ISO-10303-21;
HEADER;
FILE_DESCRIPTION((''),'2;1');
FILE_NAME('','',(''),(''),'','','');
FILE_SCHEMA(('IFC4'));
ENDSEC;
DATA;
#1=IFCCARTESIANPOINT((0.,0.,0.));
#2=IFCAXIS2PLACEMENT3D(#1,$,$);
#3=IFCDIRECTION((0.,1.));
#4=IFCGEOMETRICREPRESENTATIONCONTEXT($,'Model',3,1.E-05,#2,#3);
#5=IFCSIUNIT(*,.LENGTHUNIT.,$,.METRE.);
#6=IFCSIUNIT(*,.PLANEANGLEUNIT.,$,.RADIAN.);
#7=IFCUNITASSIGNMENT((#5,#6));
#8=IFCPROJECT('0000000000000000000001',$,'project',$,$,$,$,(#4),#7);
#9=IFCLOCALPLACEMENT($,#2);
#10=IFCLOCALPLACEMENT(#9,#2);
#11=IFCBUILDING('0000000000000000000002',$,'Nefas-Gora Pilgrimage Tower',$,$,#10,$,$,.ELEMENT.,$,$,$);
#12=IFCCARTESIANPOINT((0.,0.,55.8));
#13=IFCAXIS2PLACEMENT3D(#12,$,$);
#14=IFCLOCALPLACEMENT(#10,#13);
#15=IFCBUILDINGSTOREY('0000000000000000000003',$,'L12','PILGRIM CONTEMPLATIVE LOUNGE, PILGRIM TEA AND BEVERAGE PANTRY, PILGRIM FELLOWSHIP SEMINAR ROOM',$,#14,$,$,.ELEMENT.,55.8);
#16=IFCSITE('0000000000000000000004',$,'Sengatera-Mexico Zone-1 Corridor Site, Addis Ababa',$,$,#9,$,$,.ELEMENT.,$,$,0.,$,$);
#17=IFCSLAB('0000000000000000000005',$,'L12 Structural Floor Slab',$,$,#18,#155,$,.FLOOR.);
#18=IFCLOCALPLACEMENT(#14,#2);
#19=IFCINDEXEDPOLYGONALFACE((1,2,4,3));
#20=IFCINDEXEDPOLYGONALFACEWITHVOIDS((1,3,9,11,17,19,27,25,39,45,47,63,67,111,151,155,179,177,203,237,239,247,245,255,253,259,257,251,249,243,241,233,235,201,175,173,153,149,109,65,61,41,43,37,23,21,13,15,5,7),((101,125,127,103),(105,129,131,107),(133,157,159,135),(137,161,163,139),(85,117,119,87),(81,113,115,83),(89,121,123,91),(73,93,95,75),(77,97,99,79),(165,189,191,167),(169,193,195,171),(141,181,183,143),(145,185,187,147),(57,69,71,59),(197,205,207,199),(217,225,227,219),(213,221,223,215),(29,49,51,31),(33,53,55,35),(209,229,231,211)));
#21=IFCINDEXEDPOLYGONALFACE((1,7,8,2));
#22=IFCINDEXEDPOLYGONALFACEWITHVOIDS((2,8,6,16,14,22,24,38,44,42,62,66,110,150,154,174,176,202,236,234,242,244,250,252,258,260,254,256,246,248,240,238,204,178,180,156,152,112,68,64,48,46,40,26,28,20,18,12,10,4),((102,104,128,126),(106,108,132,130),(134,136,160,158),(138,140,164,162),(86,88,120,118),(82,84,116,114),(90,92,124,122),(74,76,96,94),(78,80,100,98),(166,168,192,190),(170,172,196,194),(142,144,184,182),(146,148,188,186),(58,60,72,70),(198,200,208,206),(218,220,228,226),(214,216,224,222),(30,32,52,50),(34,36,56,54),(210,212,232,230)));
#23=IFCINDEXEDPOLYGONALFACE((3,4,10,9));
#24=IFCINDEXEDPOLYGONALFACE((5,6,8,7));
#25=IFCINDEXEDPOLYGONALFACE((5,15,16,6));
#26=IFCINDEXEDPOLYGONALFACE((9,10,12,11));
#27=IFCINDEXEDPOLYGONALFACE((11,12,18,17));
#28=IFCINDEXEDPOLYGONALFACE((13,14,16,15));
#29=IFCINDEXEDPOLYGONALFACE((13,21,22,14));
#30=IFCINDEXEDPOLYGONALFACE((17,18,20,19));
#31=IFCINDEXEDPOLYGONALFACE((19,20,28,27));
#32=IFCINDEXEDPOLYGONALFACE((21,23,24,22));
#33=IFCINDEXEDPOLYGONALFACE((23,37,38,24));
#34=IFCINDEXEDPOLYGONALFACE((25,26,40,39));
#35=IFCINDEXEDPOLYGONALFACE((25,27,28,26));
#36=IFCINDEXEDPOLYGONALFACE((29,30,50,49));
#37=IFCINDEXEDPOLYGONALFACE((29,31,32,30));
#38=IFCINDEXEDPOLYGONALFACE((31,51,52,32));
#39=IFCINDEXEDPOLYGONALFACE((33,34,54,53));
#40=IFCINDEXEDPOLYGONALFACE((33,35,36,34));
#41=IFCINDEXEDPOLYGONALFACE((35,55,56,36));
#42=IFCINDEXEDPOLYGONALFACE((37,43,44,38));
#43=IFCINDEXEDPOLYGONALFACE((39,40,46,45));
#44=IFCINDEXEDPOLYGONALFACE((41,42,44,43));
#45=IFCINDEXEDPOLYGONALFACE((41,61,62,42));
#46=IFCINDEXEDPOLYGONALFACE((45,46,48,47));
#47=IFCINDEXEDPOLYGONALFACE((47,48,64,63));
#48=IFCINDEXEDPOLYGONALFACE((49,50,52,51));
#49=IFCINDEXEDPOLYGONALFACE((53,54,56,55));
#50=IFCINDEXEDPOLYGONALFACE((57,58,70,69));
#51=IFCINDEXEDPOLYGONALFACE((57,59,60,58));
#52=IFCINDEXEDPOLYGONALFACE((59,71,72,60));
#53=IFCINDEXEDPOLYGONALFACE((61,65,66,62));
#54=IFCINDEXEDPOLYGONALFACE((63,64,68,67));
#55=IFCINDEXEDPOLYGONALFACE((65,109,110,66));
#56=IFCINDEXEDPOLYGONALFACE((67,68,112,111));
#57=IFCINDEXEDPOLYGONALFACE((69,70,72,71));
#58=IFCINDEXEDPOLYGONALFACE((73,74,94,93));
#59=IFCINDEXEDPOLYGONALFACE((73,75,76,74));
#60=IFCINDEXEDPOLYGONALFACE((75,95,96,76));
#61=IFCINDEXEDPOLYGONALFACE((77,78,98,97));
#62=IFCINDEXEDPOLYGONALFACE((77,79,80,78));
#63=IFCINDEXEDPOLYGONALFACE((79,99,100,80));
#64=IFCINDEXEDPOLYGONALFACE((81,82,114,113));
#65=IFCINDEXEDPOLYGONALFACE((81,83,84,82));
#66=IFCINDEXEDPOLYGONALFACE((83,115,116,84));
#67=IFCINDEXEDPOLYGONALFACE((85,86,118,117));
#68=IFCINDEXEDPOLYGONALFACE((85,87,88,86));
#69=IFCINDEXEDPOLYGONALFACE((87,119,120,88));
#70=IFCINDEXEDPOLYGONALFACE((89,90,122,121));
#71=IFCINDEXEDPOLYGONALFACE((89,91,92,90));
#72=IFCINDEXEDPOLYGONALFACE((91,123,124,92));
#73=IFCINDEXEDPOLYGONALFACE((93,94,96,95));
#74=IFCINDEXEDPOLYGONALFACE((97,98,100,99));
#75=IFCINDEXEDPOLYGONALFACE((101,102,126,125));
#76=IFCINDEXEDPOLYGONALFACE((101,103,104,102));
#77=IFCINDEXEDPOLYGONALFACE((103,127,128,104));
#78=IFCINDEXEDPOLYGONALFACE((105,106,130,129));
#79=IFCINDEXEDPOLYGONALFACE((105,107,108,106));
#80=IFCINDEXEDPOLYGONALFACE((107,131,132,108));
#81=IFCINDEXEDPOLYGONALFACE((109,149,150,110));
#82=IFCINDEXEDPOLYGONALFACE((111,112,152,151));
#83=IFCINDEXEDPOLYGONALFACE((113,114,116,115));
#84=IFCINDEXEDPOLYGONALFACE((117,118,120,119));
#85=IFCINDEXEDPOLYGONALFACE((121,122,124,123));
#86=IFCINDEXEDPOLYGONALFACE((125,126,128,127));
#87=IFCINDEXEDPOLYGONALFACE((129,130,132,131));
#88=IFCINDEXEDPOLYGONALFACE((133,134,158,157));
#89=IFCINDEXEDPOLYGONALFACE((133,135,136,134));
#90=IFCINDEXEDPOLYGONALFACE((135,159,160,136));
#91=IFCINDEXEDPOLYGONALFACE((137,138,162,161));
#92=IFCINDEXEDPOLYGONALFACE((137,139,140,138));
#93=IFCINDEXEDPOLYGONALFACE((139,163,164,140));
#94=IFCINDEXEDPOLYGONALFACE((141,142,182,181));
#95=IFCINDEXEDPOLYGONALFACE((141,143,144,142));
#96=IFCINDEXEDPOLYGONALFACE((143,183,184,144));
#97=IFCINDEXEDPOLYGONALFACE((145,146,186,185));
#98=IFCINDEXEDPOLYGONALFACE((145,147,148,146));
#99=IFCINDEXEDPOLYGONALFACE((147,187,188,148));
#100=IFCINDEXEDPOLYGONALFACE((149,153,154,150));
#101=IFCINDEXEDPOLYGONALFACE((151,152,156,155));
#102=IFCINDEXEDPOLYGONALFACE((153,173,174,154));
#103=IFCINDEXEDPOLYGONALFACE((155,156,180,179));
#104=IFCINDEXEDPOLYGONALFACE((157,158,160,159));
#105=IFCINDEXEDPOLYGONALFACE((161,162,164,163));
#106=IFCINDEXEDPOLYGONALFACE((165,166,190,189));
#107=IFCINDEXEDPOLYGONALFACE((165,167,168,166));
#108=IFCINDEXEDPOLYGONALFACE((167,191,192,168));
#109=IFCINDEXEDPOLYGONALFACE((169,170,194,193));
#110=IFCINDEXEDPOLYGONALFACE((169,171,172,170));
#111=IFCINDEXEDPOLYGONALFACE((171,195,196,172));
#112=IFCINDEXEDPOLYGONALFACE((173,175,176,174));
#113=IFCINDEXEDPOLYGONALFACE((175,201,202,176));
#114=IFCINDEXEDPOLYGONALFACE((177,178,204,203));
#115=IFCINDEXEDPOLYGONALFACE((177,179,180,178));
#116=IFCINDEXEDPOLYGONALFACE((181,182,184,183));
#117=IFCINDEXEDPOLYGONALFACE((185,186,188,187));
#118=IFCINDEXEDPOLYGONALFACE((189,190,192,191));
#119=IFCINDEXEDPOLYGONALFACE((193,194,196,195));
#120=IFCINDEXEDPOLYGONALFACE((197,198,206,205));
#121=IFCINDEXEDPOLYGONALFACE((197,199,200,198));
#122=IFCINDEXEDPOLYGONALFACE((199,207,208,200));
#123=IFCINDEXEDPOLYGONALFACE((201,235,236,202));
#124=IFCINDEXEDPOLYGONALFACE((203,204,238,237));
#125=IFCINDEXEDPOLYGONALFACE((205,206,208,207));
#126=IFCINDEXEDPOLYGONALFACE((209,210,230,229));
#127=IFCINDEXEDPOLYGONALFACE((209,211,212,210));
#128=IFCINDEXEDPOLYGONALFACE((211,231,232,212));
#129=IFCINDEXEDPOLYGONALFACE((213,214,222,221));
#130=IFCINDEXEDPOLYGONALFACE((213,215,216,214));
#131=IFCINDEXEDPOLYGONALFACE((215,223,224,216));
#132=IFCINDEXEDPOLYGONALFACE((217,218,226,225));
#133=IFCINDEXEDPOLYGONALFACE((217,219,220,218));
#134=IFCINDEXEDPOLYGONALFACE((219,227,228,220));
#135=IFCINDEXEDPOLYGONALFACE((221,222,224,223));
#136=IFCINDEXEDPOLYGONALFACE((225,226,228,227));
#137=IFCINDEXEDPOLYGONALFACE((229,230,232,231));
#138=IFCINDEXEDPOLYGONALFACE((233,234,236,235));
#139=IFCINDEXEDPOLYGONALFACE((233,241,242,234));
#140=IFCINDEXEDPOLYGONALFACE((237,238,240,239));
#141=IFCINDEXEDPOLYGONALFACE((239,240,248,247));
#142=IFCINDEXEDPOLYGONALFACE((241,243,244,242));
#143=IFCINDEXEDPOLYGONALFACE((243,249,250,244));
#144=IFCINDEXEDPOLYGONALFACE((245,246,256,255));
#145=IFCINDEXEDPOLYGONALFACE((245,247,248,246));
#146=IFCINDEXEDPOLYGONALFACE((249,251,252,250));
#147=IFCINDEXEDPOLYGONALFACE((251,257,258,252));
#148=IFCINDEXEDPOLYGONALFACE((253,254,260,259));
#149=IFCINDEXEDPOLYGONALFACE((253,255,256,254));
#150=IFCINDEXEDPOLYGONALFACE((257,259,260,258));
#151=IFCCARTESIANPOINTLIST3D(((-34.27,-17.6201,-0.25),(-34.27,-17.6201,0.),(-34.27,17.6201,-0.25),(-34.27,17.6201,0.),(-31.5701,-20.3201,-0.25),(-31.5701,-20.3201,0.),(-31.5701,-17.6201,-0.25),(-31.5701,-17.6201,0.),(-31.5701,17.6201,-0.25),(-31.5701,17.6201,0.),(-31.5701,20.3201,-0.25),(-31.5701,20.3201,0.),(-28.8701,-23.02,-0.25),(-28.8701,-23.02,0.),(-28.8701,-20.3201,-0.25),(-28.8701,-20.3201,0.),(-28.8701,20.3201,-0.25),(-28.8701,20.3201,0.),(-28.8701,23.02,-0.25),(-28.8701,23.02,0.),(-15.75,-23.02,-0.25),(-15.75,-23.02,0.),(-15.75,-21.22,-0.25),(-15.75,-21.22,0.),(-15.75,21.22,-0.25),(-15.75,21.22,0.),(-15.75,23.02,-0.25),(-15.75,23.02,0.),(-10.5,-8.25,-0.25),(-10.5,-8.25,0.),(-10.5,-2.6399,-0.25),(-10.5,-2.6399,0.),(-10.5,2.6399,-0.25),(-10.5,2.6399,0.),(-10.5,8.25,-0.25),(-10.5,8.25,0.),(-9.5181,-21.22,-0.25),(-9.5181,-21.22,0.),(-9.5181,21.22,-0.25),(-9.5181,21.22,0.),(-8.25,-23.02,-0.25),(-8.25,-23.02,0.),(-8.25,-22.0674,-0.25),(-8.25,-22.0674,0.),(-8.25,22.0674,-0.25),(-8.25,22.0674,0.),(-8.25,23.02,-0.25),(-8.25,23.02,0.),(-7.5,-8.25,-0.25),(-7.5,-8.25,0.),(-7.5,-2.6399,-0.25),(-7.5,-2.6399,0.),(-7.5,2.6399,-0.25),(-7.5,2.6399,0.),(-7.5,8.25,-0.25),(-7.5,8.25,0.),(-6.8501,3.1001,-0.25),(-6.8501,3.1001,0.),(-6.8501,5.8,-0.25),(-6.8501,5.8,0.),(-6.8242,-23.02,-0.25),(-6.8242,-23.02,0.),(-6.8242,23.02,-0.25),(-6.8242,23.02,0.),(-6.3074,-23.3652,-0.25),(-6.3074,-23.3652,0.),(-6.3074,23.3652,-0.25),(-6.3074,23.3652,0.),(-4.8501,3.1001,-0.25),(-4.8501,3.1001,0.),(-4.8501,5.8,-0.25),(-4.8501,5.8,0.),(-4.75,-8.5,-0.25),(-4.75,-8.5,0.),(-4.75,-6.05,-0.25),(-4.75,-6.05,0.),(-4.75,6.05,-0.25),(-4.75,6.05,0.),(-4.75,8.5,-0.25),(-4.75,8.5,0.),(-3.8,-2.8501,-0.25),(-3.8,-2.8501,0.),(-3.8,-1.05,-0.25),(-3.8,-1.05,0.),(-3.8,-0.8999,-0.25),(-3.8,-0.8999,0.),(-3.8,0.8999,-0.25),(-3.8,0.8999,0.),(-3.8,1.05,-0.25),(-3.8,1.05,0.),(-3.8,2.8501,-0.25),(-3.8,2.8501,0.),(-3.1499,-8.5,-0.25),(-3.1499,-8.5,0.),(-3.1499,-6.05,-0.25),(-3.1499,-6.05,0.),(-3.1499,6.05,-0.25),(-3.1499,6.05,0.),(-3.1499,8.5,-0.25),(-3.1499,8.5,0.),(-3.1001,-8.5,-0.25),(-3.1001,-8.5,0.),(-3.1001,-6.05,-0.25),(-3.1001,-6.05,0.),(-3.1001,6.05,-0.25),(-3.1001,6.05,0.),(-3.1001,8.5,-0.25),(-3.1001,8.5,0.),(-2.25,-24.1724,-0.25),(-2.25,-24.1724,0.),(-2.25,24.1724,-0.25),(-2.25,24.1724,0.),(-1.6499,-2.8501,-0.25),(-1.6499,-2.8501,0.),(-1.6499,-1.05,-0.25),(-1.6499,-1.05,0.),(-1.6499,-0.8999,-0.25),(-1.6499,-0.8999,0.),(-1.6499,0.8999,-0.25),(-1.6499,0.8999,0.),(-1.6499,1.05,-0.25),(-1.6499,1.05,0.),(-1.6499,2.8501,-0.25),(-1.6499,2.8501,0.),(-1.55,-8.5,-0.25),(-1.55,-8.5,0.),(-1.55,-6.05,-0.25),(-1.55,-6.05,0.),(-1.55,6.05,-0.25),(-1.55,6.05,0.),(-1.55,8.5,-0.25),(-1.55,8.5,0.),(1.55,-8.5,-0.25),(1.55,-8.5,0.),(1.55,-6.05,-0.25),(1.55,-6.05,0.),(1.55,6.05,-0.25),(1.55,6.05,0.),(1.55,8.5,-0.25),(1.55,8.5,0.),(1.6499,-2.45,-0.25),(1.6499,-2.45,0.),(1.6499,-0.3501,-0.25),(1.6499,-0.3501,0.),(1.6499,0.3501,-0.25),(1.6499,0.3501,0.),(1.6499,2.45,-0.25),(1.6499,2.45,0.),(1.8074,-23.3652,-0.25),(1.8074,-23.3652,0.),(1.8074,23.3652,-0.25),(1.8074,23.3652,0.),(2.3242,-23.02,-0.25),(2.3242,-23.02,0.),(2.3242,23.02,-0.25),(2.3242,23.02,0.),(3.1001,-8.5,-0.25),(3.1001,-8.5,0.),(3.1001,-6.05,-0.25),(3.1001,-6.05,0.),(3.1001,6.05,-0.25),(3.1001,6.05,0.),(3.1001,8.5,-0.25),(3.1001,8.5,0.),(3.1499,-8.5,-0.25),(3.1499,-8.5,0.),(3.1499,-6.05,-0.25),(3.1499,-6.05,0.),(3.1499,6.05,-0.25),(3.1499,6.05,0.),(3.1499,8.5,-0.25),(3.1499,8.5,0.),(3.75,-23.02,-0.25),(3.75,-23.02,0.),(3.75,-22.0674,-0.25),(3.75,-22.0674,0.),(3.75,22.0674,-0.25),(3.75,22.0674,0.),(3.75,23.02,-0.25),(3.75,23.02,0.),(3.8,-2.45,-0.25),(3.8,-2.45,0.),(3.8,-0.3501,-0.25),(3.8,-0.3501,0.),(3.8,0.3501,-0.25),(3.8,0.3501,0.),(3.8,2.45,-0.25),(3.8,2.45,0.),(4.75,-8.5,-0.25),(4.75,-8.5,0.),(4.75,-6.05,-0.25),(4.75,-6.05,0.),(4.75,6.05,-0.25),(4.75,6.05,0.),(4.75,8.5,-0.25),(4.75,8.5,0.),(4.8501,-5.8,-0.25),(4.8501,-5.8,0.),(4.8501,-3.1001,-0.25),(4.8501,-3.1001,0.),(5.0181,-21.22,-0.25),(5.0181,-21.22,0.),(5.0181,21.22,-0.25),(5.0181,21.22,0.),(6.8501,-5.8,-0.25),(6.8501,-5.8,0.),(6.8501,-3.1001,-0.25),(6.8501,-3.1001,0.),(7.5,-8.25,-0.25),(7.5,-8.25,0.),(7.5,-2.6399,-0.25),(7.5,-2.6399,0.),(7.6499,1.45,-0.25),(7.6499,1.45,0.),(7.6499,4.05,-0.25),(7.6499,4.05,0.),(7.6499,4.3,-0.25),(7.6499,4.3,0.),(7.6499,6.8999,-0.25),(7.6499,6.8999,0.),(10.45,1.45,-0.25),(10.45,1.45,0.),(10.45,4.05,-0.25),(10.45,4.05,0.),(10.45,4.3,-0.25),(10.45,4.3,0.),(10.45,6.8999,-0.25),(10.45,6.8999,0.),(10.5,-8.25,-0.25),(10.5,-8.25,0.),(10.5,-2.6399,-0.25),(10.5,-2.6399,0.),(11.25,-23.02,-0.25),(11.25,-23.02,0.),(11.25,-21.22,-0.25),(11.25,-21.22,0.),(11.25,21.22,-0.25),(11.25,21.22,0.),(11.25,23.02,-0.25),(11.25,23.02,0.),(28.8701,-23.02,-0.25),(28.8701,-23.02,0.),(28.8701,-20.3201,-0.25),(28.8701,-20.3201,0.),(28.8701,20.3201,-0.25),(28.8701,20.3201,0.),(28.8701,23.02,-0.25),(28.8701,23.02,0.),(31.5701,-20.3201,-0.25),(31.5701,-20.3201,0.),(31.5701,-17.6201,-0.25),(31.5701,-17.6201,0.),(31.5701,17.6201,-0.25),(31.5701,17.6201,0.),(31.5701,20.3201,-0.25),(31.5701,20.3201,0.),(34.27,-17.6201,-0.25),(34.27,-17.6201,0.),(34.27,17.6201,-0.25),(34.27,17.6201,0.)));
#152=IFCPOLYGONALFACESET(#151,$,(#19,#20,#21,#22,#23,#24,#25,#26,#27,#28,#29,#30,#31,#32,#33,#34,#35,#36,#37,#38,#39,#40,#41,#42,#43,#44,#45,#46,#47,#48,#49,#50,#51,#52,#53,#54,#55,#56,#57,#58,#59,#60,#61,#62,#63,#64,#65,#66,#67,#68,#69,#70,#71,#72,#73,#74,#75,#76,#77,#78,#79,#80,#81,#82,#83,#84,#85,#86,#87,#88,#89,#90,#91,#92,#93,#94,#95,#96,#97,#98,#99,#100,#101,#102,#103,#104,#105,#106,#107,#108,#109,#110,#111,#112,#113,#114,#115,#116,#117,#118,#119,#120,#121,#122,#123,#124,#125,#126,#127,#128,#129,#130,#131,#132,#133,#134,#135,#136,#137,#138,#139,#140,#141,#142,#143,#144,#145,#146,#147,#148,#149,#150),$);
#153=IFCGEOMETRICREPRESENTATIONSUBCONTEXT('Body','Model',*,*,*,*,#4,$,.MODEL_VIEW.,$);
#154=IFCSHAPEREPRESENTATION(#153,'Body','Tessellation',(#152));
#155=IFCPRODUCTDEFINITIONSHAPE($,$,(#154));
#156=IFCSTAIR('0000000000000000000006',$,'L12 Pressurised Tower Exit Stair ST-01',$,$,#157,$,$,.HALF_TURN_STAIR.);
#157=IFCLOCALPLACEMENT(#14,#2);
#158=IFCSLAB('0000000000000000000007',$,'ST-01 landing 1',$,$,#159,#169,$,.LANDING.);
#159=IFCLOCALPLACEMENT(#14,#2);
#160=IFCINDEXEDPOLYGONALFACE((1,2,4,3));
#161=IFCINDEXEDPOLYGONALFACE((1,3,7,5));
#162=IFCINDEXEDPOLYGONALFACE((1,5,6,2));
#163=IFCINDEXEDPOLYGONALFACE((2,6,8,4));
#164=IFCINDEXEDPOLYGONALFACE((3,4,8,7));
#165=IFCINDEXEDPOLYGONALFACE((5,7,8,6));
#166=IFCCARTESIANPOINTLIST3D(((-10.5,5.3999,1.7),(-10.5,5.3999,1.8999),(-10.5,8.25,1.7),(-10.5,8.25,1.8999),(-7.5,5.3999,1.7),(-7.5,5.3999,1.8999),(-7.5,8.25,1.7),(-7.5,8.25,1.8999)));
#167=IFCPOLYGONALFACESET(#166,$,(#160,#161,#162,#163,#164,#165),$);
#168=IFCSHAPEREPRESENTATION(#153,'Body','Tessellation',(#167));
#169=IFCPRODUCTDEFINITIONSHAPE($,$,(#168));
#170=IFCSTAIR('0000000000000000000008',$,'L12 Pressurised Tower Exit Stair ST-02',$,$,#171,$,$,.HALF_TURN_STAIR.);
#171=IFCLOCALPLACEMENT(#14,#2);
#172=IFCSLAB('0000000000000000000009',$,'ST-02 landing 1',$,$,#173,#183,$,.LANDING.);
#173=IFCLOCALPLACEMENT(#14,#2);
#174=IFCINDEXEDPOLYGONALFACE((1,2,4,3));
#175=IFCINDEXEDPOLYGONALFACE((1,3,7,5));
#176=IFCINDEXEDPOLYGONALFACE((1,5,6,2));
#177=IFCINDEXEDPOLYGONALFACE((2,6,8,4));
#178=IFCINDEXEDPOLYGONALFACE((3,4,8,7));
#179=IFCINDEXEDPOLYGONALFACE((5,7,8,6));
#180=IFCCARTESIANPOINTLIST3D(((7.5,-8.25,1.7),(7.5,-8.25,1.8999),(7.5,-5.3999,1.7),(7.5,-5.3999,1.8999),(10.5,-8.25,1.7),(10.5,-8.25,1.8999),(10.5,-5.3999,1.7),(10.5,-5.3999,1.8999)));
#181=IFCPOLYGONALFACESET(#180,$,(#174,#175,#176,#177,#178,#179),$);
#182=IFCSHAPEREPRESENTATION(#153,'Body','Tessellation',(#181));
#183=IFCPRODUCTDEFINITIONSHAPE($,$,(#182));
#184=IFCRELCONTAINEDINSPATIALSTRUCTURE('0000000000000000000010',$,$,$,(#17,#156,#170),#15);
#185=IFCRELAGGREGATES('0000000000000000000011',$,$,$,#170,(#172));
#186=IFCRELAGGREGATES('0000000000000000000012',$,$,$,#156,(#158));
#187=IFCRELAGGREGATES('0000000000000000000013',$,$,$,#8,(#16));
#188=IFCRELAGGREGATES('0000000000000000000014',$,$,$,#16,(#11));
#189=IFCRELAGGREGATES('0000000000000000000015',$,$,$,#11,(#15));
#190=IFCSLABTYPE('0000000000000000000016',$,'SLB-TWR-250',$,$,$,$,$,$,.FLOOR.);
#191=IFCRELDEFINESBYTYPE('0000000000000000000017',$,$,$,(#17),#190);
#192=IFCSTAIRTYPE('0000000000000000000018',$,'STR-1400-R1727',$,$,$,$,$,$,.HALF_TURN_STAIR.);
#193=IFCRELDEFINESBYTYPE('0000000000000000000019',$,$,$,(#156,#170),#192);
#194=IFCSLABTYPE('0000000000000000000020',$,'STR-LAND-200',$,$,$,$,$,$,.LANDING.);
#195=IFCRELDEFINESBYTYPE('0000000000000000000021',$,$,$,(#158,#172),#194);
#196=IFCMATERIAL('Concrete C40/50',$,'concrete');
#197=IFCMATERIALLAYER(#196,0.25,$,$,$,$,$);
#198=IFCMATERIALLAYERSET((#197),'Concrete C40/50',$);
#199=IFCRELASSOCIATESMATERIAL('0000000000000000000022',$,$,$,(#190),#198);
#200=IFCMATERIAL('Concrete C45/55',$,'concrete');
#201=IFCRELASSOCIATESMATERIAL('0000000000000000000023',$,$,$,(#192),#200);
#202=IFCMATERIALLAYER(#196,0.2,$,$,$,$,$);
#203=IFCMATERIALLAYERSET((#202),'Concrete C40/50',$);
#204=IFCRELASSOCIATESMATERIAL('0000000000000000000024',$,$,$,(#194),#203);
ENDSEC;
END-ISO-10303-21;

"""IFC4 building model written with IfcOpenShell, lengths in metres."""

from ifc_helpers import new_model, si_unit, direction, frame, origin, place, context, subcontext, project, spatial, polyline, outline, extrude, material, layer, layer_set, type_object, element, aggregate, save


model = new_model("IFC4")

# Units and contexts
model_context = context("Model", 3, precision=1e-05, world=origin(), true_north=direction((0.0, 1.0)))
body_context = subcontext(model_context, "Body", "Model", "MODEL_VIEW")
ifc_project = project(units=[si_unit("LENGTHUNIT", "METRE"), si_unit("PLANEANGLEUNIT", "RADIAN")], contexts=[model_context])

# Site, building, storey
site_placement = place(None, origin())
site = spatial("IfcSite", under=ifc_project, at=site_placement, Name="Sengatera-Mexico Zone-1 Corridor Site, Addis Ababa", CompositionType="ELEMENT", RefElevation=0.0)
building_placement = place(site_placement, origin())
building = spatial("IfcBuilding", under=site, at=building_placement, Name="Nefas-Gora Pilgrimage Tower", CompositionType="ELEMENT")
storey_placement = place(building_placement, frame((0.0, 0.0, 55.8)))
storey = spatial("IfcBuildingStorey", under=building, at=storey_placement, Name="L12", Description="PILGRIM CONTEMPLATIVE LOUNGE, PILGRIM TEA AND BEVERAGE PANTRY, PILGRIM FELLOWSHIP SEMINAR ROOM", CompositionType="ELEMENT", Elevation=55.8)

# Slab
ifc_material_1 = material(Name="Concrete C40/50", Category="concrete")
ifc_layer_1 = layer(ifc_material_1, 0.25)
ifc_layer_set_1 = layer_set([ifc_layer_1], Name="Concrete C40/50")
slab_type_1 = type_object("IfcSlabType", Name="SLB-TWR-250", PredefinedType="FLOOR", material=ifc_layer_set_1)
slab_1_placement = place(storey_placement, frame((0.0, 0.0, -0.25)))
element("IfcSlab", 1, at=slab_1_placement, inside=storey, type_object=slab_type_1, Name="L12 Structural Floor Slab", PredefinedType="FLOOR", context=body_context, shape_type="SweptSolid", body=[
    extrude(outline(polyline([(5.0181, -21.22), (11.25, -21.22), (11.25, -23.02), (28.8701, -23.02), (28.8701, -20.3201), (31.5701, -20.3201), (31.5701, -17.6201), (34.27, -17.6201), (34.27, 17.6201), (31.5701, 17.6201), (31.5701, 20.3201), (28.8701, 20.3201), (28.8701, 23.02), (11.25, 23.02), (11.25, 21.22), (5.0181, 21.22), (3.75, 22.0674), (3.75, 23.02), (2.3242, 23.02), (1.8074, 23.3652), (-2.25, 24.1724), (-6.3074, 23.3652), (-6.8242, 23.02), (-8.25, 23.02), (-8.25, 22.0674), (-9.5181, 21.22), (-15.75, 21.22), (-15.75, 23.02), (-28.8701, 23.02), (-28.8701, 20.3201), (-31.5701, 20.3201), (-31.5701, 17.6201), (-34.27, 17.6201), (-34.27, -17.6201), (-31.5701, -17.6201), (-31.5701, -20.3201), (-28.8701, -20.3201), (-28.8701, -23.02), (-15.75, -23.02), (-15.75, -21.22), (-9.5181, -21.22), (-8.25, -22.0674), (-8.25, -23.02), (-6.8242, -23.02), (-6.3074, -23.3652), (-2.25, -24.1724), (1.8074, -23.3652), (2.3242, -23.02), (3.75, -23.02), (3.75, -22.0674), (5.0181, -21.22)]), holes=[polyline([(-10.5, 2.6399), (-10.5, 8.25), (-7.5, 8.25), (-7.5, 2.6399), (-10.5, 2.6399)]), polyline([(10.5, -2.6399), (10.5, -8.25), (7.5, -8.25), (7.5, -2.6399), (10.5, -2.6399)]), polyline([(-7.5, -2.6399), (-7.5, -8.25), (-10.5, -8.25), (-10.5, -2.6399), (-7.5, -2.6399)]), polyline([(-6.8501, 5.8), (-4.8501, 5.8), (-4.8501, 3.1001), (-6.8501, 3.1001), (-6.8501, 5.8)]), polyline([(4.8501, -3.1001), (6.8501, -3.1001), (6.8501, -5.8), (4.8501, -5.8), (4.8501, -3.1001)]), polyline([(7.6499, 4.05), (10.45, 4.05), (10.45, 1.45), (7.6499, 1.45), (7.6499, 4.05)]), polyline([(7.6499, 6.8999), (10.45, 6.8999), (10.45, 4.3), (7.6499, 4.3), (7.6499, 6.8999)]), polyline([(-4.75, 8.5), (-3.1499, 8.5), (-3.1499, 6.05), (-4.75, 6.05), (-4.75, 8.5)]), polyline([(-3.1001, 8.5), (-1.55, 8.5), (-1.55, 6.05), (-3.1001, 6.05), (-3.1001, 8.5)]), polyline([(1.55, 8.5), (3.1001, 8.5), (3.1001, 6.05), (1.55, 6.05), (1.55, 8.5)]), polyline([(3.1499, 8.5), (4.75, 8.5), (4.75, 6.05), (3.1499, 6.05), (3.1499, 8.5)]), polyline([(-4.75, -6.05), (-3.1499, -6.05), (-3.1499, -8.5), (-4.75, -8.5), (-4.75, -6.05)]), polyline([(-3.1001, -6.05), (-1.55, -6.05), (-1.55, -8.5), (-3.1001, -8.5), (-3.1001, -6.05)]), polyline([(1.55, -6.05), (3.1001, -6.05), (3.1001, -8.5), (1.55, -8.5), (1.55, -6.05)]), polyline([(3.1499, -6.05), (4.75, -6.05), (4.75, -8.5), (3.1499, -8.5), (3.1499, -6.05)]), polyline([(-3.8, -1.05), (-1.6499, -1.05), (-1.6499, -2.8501), (-3.8, -2.8501), (-3.8, -1.05)]), polyline([(-3.8, 0.8999), (-1.6499, 0.8999), (-1.6499, -0.8999), (-3.8, -0.8999), (-3.8, 0.8999)]), polyline([(-3.8, 2.8501), (-1.6499, 2.8501), (-1.6499, 1.05), (-3.8, 1.05), (-3.8, 2.8501)]), polyline([(1.6499, -0.3501), (3.8, -0.3501), (3.8, -2.45), (1.6499, -2.45), (1.6499, -0.3501)]), polyline([(1.6499, 2.45), (3.8, 2.45), (3.8, 0.3501), (1.6499, 0.3501), (1.6499, 2.45)])]), origin(), (0.0, 0.0, 1.0), 0.25),
])

# Stairs, slabs
ifc_material_2 = material(Name="Concrete C45/55", Category="concrete")
stair_type = type_object("IfcStairType", Name="STR-1400-R1727", PredefinedType="HALF_TURN_STAIR", material=ifc_material_2)
stair_1_placement = place(storey_placement, origin())
stair_1 = element("IfcStair", 2, at=stair_1_placement, inside=storey, type_object=stair_type, Name="L12 Pressurised Tower Exit Stair ST-01", PredefinedType="HALF_TURN_STAIR")
ifc_layer_2 = layer(ifc_material_1, 0.2)
ifc_layer_set_2 = layer_set([ifc_layer_2], Name="Concrete C40/50")
slab_type_2 = type_object("IfcSlabType", Name="STR-LAND-200", PredefinedType="LANDING", material=ifc_layer_set_2)
slab_2_placement = place(storey_placement, frame((0.0, 0.0, 1.7)))
slab_2 = element("IfcSlab", 3, at=slab_2_placement, type_object=slab_type_2, Name="ST-01 landing 1", PredefinedType="LANDING", context=body_context, shape_type="SweptSolid", body=[
    extrude(outline(polyline([(-7.5, 5.3999), (-7.5, 8.25), (-10.5, 8.25), (-10.5, 5.3999), (-7.5, 5.3999)])), origin(), (0.0, 0.0, 1.0), 0.2),
])
stair_2_placement = place(storey_placement, origin())
stair_2 = element("IfcStair", 4, at=stair_2_placement, inside=storey, type_object=stair_type, Name="L12 Pressurised Tower Exit Stair ST-02", PredefinedType="HALF_TURN_STAIR")
slab_3_placement = place(storey_placement, frame((0.0, 0.0, 1.7)))
slab_3 = element("IfcSlab", 5, at=slab_3_placement, type_object=slab_type_2, Name="ST-02 landing 1", PredefinedType="LANDING", context=body_context, shape_type="SweptSolid", body=[
    extrude(outline(polyline([(7.5, -5.3999), (7.5, -8.25), (10.5, -8.25), (10.5, -5.3999), (7.5, -5.3999)])), origin(), (0.0, 0.0, 1.0), 0.2),
])
aggregate(stair_2, [slab_3])

aggregate(stair_1, [slab_2])

save(model, "model.ifc")
